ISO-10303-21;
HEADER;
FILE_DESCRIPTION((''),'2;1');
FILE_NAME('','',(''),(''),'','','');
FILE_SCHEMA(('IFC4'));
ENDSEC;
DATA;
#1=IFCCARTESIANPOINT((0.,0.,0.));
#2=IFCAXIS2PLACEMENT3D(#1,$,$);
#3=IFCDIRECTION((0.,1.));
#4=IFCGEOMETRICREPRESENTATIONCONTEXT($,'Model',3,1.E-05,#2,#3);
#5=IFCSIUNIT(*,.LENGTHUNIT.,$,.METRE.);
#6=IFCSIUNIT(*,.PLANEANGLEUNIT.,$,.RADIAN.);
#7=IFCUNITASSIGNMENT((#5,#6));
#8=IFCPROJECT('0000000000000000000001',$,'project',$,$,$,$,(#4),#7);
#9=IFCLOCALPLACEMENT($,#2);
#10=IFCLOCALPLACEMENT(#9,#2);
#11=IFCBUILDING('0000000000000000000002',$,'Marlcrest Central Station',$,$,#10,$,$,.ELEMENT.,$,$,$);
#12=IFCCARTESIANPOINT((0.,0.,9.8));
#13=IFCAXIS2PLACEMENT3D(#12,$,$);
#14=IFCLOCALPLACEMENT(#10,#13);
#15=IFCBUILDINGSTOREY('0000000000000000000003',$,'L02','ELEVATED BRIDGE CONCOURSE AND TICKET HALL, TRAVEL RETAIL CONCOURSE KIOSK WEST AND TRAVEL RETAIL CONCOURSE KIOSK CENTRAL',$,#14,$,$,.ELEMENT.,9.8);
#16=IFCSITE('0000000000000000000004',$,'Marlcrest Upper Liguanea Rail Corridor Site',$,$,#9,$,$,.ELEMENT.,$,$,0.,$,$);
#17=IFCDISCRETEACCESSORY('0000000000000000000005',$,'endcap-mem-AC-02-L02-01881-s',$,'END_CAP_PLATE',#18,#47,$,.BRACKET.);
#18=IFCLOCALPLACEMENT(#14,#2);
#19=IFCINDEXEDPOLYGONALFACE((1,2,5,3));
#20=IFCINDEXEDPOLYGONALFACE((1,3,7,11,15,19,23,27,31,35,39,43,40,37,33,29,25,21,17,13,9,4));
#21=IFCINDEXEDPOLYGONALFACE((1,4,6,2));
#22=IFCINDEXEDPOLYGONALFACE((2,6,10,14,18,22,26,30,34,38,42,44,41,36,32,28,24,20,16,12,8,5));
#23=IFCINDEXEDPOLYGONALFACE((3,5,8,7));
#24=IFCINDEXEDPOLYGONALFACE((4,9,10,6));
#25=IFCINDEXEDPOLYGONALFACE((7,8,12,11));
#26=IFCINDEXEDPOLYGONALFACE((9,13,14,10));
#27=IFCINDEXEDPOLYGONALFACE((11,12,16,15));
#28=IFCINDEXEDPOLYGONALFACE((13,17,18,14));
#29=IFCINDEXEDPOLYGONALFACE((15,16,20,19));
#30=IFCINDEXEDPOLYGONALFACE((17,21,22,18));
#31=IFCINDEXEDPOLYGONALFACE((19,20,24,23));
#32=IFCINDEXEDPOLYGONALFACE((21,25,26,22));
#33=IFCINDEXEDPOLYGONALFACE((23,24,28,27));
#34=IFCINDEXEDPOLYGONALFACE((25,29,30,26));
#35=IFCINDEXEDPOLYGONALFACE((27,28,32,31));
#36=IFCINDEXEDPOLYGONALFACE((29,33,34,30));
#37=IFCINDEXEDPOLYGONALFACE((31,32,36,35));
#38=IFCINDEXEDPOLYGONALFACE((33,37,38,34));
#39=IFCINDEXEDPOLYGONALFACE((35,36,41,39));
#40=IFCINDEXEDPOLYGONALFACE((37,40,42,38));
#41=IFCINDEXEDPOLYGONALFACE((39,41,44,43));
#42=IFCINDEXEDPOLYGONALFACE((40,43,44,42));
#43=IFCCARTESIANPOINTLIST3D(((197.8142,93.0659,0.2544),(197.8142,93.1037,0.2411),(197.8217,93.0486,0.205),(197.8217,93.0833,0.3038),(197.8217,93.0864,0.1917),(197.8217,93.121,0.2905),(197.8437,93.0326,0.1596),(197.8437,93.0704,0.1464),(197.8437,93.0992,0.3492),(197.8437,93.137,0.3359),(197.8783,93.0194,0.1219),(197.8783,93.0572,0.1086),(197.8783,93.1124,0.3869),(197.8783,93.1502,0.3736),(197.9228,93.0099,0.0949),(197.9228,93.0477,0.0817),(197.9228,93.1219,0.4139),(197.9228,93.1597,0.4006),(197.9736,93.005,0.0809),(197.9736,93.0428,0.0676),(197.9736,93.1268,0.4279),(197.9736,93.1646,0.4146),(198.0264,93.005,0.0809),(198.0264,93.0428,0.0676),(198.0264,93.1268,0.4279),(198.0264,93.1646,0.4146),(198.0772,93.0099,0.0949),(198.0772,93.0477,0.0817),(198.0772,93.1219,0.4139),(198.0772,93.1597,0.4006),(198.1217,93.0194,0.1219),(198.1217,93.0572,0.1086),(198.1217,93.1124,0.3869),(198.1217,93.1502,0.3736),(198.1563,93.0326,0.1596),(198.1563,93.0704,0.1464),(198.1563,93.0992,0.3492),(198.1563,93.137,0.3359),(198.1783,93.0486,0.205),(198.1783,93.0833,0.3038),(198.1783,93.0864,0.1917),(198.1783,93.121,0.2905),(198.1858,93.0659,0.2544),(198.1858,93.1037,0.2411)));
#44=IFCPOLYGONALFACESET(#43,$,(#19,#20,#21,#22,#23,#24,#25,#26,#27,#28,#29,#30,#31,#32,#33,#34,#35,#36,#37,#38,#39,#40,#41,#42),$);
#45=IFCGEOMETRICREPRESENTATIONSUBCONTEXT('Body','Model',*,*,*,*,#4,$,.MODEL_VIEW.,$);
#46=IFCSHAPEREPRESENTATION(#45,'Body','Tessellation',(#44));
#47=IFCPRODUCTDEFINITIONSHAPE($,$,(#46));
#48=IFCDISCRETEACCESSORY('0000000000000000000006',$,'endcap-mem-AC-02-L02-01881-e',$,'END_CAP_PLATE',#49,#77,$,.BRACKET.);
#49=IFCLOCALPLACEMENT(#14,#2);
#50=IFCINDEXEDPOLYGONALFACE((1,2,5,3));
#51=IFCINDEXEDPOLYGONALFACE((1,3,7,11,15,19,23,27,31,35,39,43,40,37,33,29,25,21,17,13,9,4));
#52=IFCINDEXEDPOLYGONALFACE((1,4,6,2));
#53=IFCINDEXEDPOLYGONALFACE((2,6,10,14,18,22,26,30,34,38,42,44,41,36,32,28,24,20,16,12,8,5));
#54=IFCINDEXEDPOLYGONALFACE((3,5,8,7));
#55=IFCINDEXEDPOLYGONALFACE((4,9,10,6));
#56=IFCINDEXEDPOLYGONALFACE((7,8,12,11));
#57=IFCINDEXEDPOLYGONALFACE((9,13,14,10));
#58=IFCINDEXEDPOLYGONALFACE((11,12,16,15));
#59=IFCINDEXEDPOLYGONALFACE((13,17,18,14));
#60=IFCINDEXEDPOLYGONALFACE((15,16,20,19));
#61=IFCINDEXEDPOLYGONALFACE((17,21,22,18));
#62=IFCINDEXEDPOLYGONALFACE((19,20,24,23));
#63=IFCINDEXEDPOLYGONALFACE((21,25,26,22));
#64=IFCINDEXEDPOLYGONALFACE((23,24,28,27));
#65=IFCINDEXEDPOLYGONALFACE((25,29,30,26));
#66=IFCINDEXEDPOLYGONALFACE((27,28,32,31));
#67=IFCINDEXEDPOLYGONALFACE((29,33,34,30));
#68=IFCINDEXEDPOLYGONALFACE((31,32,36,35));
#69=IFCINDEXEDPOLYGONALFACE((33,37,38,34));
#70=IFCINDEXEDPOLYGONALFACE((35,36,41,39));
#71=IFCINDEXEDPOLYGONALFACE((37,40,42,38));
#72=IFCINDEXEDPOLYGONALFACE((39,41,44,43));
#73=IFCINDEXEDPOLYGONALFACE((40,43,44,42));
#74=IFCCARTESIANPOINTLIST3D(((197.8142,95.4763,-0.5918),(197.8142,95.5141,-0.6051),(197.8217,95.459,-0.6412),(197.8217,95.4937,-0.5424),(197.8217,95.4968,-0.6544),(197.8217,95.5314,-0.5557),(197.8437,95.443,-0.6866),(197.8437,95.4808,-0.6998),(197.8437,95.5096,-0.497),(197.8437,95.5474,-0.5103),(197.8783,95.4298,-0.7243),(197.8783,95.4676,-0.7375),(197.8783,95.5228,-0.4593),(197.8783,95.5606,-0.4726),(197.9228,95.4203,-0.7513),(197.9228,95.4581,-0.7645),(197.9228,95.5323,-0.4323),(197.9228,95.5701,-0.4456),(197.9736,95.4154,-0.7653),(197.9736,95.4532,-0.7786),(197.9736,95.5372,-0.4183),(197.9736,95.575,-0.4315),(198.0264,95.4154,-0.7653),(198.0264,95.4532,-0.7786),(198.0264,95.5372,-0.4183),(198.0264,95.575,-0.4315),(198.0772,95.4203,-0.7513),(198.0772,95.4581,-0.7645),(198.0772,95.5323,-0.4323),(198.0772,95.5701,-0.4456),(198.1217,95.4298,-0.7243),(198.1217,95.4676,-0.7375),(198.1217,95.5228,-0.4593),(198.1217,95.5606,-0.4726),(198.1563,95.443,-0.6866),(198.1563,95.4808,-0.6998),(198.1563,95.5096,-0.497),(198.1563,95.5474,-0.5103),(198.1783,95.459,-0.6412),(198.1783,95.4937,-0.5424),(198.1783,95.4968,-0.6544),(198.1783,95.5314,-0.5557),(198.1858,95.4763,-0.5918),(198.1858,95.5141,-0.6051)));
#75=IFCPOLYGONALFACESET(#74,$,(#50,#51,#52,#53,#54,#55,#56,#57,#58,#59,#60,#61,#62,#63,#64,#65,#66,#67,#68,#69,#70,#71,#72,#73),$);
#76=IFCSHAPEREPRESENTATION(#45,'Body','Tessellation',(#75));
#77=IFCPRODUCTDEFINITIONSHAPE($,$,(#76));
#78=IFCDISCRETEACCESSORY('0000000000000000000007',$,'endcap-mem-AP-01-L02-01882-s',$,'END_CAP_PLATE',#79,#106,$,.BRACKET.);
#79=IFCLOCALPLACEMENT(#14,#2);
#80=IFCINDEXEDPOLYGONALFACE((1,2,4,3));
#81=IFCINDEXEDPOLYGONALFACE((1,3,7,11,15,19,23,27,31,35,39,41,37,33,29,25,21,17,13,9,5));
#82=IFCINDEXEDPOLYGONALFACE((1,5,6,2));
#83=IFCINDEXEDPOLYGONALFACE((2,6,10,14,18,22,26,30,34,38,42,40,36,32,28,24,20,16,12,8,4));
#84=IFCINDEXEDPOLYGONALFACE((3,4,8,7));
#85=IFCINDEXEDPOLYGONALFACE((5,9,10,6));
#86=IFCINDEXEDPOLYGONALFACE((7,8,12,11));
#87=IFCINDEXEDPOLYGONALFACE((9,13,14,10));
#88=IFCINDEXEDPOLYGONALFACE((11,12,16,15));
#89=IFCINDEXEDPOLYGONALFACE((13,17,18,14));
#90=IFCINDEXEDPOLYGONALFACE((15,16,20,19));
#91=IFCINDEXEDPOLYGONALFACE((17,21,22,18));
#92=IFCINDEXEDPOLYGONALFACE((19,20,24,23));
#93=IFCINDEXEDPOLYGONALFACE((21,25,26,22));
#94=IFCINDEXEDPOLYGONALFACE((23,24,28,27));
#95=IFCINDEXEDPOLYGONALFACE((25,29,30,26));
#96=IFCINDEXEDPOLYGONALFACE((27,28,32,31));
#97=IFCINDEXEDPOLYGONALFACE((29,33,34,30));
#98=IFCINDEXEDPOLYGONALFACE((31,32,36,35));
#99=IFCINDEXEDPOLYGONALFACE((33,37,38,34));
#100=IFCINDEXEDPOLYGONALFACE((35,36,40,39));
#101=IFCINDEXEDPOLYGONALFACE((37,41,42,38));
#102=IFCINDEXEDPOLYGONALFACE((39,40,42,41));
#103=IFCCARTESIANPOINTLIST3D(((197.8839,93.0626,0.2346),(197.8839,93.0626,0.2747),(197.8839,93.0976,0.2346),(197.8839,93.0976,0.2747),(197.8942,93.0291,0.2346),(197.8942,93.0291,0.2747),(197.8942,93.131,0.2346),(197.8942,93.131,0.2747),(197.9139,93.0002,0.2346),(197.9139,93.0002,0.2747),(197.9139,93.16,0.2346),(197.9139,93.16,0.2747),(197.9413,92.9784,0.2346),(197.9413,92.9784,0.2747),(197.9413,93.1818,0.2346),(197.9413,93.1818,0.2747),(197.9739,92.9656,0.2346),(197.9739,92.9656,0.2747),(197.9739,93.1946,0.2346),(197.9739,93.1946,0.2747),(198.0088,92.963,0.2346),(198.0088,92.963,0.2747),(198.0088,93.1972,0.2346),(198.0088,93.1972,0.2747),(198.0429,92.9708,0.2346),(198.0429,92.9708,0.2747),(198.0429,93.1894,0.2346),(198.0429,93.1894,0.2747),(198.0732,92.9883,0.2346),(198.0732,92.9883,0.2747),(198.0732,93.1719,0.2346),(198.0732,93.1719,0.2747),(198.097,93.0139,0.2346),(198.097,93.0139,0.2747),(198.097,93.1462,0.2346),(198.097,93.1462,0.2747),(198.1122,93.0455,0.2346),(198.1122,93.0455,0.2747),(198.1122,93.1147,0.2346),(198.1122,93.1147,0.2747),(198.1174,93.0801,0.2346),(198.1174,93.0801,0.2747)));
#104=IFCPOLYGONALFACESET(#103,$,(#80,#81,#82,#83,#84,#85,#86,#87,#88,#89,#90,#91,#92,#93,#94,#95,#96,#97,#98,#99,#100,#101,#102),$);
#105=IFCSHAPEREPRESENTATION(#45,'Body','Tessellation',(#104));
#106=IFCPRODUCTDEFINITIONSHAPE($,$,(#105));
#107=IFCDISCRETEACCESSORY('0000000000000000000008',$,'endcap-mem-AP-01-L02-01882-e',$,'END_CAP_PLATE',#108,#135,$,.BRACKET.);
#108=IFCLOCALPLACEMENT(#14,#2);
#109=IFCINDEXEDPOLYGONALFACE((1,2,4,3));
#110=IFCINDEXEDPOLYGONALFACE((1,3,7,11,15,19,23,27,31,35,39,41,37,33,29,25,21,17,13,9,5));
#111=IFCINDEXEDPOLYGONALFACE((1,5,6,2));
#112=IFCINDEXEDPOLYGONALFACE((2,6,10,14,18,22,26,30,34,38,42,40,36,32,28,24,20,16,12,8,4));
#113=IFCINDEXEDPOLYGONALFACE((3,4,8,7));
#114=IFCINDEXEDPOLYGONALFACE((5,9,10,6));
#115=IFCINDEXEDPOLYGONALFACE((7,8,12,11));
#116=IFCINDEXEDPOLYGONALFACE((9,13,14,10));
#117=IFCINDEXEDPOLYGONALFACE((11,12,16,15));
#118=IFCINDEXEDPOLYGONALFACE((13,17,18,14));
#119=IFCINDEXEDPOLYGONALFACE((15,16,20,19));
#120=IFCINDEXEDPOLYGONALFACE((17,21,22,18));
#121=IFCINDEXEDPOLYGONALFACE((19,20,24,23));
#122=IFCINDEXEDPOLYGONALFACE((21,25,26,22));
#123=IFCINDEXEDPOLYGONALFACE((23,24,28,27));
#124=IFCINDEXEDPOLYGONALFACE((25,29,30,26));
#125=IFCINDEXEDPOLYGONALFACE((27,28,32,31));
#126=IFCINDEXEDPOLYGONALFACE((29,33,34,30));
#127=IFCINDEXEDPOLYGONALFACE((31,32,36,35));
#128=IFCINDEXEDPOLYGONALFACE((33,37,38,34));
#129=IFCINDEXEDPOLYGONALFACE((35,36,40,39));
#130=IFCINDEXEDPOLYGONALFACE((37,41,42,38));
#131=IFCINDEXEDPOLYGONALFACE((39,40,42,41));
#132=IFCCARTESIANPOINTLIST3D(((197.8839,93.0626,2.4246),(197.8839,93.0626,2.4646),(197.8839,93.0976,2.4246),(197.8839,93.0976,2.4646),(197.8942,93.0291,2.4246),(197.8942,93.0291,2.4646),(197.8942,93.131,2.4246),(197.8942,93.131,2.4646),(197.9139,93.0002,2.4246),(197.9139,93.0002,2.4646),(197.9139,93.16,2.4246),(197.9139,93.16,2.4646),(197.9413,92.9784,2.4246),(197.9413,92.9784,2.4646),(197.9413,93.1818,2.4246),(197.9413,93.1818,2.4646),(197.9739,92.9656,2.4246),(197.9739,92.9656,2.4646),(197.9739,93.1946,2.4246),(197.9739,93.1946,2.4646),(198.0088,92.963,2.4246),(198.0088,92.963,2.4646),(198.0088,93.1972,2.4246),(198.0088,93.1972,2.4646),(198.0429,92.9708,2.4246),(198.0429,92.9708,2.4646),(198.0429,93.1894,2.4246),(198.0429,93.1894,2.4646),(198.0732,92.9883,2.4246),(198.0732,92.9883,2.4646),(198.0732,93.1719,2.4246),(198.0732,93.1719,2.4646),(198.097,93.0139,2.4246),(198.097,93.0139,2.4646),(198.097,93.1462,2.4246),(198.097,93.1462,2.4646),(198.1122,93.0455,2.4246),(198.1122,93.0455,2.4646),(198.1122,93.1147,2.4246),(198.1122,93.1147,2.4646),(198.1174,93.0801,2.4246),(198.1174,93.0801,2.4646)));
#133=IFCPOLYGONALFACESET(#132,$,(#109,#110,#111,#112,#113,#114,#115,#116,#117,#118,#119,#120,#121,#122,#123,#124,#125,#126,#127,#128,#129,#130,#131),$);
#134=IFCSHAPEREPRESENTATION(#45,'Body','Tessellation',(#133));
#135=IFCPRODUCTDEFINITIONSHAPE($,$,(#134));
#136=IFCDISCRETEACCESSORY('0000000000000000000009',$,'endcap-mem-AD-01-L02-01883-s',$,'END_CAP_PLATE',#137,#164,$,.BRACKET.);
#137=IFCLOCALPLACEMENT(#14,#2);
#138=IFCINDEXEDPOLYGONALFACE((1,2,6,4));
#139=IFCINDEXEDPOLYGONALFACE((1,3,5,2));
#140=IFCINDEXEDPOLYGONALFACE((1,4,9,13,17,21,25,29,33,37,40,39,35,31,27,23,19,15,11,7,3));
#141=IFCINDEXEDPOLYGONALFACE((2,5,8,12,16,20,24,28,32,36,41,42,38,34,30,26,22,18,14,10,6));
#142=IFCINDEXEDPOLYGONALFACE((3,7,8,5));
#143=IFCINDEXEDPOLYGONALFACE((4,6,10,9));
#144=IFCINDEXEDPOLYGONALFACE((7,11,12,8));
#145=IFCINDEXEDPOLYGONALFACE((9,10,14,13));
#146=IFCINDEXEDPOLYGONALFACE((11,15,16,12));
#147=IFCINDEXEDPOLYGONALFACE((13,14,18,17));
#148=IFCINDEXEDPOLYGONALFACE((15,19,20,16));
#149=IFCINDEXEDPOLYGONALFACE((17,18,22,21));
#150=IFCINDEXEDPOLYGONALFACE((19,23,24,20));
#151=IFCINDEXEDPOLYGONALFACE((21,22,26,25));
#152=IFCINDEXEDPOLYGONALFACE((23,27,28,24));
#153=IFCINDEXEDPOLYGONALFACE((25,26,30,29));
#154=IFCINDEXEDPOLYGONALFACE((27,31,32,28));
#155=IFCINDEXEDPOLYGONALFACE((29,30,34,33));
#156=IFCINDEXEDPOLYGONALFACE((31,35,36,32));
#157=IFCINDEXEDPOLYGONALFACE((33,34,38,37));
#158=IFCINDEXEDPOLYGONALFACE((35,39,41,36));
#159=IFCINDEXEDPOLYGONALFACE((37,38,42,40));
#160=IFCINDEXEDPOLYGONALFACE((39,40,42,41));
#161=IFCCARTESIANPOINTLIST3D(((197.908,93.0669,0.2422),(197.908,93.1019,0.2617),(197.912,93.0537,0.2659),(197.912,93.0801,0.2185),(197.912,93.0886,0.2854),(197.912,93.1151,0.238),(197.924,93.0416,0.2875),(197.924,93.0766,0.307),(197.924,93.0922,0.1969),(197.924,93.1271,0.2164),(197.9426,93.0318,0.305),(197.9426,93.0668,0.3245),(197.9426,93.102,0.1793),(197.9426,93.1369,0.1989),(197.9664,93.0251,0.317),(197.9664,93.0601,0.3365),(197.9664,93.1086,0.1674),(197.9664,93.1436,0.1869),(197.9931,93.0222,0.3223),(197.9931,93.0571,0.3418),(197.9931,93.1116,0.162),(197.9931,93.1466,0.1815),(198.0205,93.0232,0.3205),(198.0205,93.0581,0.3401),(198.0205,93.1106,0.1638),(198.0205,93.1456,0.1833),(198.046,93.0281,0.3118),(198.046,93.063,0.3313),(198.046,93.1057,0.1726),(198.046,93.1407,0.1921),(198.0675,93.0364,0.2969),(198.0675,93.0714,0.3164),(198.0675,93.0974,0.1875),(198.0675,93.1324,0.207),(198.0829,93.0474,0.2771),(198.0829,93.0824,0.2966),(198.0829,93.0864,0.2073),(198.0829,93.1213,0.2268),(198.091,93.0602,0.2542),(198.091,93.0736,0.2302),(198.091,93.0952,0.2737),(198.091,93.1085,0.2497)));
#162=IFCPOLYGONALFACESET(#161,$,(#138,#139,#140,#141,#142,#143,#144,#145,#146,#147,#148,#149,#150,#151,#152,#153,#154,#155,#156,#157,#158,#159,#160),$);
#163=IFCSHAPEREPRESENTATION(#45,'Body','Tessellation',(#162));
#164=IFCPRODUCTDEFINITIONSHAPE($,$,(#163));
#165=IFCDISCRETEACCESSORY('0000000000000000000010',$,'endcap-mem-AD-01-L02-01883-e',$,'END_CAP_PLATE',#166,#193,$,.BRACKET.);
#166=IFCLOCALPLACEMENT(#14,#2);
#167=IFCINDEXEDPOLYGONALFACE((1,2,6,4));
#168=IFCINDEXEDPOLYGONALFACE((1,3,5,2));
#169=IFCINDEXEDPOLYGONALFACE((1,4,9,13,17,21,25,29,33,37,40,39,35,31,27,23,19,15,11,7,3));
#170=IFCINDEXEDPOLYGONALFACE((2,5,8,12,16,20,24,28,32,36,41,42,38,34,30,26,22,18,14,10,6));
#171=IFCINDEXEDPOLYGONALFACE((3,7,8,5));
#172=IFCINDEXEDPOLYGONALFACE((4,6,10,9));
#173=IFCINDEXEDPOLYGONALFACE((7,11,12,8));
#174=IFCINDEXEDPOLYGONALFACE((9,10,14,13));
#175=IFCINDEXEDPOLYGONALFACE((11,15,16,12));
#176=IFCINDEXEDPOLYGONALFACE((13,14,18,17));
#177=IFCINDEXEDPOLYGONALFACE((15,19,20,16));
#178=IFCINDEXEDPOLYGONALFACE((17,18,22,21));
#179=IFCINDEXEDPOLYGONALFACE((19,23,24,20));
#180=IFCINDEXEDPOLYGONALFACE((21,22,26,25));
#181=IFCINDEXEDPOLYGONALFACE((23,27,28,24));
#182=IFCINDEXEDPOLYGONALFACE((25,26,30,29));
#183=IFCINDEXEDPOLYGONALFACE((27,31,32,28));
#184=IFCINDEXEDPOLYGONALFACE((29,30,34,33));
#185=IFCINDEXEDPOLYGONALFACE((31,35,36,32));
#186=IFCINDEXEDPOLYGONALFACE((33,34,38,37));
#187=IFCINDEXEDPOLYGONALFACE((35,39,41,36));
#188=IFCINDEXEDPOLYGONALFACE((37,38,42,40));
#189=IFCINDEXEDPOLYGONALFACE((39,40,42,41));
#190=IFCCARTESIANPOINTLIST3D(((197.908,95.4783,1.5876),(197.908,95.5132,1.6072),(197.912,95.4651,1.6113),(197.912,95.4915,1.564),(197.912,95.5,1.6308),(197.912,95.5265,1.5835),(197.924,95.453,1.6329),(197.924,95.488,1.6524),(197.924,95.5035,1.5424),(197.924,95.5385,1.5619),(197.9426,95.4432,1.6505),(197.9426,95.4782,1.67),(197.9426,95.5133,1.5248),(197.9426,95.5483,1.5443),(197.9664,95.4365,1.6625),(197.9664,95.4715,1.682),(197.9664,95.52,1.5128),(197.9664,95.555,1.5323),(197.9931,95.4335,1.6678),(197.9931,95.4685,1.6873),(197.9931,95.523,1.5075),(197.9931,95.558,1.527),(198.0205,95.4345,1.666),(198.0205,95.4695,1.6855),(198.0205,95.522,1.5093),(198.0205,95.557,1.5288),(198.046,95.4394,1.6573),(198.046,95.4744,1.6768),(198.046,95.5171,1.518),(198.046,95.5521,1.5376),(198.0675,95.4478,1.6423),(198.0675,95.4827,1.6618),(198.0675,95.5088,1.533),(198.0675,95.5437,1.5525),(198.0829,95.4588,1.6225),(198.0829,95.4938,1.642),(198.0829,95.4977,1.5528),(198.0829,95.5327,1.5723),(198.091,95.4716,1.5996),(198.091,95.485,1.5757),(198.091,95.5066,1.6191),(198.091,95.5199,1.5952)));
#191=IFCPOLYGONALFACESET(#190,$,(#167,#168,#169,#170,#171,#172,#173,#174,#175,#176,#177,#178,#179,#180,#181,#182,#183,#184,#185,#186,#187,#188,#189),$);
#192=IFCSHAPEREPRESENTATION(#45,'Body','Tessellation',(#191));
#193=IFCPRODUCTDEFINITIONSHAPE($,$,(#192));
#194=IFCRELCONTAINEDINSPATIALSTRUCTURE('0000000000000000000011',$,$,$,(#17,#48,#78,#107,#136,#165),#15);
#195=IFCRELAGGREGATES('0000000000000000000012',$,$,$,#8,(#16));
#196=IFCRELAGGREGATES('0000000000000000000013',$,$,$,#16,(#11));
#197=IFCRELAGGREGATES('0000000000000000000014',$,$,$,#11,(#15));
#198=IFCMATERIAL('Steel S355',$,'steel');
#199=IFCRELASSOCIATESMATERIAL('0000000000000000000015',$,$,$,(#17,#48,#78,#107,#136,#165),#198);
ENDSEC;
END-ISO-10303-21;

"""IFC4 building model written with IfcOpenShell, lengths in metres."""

from ifc_helpers import new_model, si_unit, direction, frame, origin, origin_2d, place, context, subcontext, project, spatial, circle, extrude, material, element, save


model = new_model("IFC4")

# Units and contexts
model_context = context("Model", 3, precision=1e-05, world=origin(), true_north=direction((0.0, 1.0)))
body_context = subcontext(model_context, "Body", "Model", "MODEL_VIEW")
ifc_project = project(units=[si_unit("LENGTHUNIT", "METRE"), si_unit("PLANEANGLEUNIT", "RADIAN")], contexts=[model_context])

# Site, building, storey
site_placement = place(None, origin())
site = spatial("IfcSite", under=ifc_project, at=site_placement, Name="Marlcrest Upper Liguanea Rail Corridor Site", CompositionType="ELEMENT", RefElevation=0.0)
building_placement = place(site_placement, origin())
building = spatial("IfcBuilding", under=site, at=building_placement, Name="Marlcrest Central Station", CompositionType="ELEMENT")
storey_placement = place(building_placement, frame((0.0, 0.0, 9.8)))
storey = spatial("IfcBuildingStorey", under=building, at=storey_placement, Name="L02", Description="ELEVATED BRIDGE CONCOURSE AND TICKET HALL, TRAVEL RETAIL CONCOURSE KIOSK WEST AND TRAVEL RETAIL CONCOURSE KIOSK CENTRAL", CompositionType="ELEMENT", Elevation=9.8)

# Shared definitions
ifc_material_1 = material(Name="Steel S355", Category="steel")

# Discrete accessories
for number, where, z_axis, x_axis, name in (
    (1, (198.0, 93.0659, 0.2544), (0.0, 0.943537, -0.331266), (-1.0, 0.0, 0.0), "endcap-mem-AC-02-L02-01881-s"),
    (2, (198.0, 95.4763, -0.5918), (0.0, 0.943537, -0.331266), (-1.0, 0.0, 0.0), "endcap-mem-AC-02-L02-01881-e"),
):
    element("IfcDiscreteAccessory", number, at=place(storey_placement, frame(where, z_axis=z_axis, x_axis=x_axis)), inside=storey, material=ifc_material_1, Name=name, ObjectType="END_CAP_PLATE", PredefinedType="BRACKET", context=body_context, shape_type="SweptSolid", body=[
        extrude(circle(Radius=0.1858, at=origin_2d()), origin(), (0.0, 0.0, 1.0), 0.04),
    ])
for number, where, z_axis, x_axis, name in (
    (3, (198.0, 93.0801, 0.2346), (0.0, 0.0, 1.0), (1.0, 0.0, 0.0), "endcap-mem-AP-01-L02-01882-s"),
    (4, (198.0, 93.0801, 2.4246), (0.0, 0.0, 1.0), (1.0, 0.0, 0.0), "endcap-mem-AP-01-L02-01882-e"),
):
    element("IfcDiscreteAccessory", number, at=place(storey_placement, frame(where, z_axis=z_axis, x_axis=x_axis)), inside=storey, material=ifc_material_1, Name=name, ObjectType="END_CAP_PLATE", PredefinedType="BRACKET", context=body_context, shape_type="SweptSolid", body=[
        extrude(circle(Radius=0.1174, at=origin_2d()), origin(), (0.0, 0.0, 1.0), 0.04),
    ])
for number, where, z_axis, x_axis, name in (
    (5, (198.0, 93.0669, 0.2422), (0.0, 0.873246, 0.48728), (-1.0, 0.0, 0.0), "endcap-mem-AD-01-L02-01883-s"),
    (6, (198.0, 95.4783, 1.5876), (0.0, 0.873246, 0.48728), (-1.0, 0.0, 0.0), "endcap-mem-AD-01-L02-01883-e"),
):
    element("IfcDiscreteAccessory", number, at=place(storey_placement, frame(where, z_axis=z_axis, x_axis=x_axis)), inside=storey, material=ifc_material_1, Name=name, ObjectType="END_CAP_PLATE", PredefinedType="BRACKET", context=body_context, shape_type="SweptSolid", body=[
        extrude(circle(Radius=0.092, at=origin_2d()), origin(), (0.0, 0.0, 1.0), 0.04),
    ])

save(model, "model.ifc")
